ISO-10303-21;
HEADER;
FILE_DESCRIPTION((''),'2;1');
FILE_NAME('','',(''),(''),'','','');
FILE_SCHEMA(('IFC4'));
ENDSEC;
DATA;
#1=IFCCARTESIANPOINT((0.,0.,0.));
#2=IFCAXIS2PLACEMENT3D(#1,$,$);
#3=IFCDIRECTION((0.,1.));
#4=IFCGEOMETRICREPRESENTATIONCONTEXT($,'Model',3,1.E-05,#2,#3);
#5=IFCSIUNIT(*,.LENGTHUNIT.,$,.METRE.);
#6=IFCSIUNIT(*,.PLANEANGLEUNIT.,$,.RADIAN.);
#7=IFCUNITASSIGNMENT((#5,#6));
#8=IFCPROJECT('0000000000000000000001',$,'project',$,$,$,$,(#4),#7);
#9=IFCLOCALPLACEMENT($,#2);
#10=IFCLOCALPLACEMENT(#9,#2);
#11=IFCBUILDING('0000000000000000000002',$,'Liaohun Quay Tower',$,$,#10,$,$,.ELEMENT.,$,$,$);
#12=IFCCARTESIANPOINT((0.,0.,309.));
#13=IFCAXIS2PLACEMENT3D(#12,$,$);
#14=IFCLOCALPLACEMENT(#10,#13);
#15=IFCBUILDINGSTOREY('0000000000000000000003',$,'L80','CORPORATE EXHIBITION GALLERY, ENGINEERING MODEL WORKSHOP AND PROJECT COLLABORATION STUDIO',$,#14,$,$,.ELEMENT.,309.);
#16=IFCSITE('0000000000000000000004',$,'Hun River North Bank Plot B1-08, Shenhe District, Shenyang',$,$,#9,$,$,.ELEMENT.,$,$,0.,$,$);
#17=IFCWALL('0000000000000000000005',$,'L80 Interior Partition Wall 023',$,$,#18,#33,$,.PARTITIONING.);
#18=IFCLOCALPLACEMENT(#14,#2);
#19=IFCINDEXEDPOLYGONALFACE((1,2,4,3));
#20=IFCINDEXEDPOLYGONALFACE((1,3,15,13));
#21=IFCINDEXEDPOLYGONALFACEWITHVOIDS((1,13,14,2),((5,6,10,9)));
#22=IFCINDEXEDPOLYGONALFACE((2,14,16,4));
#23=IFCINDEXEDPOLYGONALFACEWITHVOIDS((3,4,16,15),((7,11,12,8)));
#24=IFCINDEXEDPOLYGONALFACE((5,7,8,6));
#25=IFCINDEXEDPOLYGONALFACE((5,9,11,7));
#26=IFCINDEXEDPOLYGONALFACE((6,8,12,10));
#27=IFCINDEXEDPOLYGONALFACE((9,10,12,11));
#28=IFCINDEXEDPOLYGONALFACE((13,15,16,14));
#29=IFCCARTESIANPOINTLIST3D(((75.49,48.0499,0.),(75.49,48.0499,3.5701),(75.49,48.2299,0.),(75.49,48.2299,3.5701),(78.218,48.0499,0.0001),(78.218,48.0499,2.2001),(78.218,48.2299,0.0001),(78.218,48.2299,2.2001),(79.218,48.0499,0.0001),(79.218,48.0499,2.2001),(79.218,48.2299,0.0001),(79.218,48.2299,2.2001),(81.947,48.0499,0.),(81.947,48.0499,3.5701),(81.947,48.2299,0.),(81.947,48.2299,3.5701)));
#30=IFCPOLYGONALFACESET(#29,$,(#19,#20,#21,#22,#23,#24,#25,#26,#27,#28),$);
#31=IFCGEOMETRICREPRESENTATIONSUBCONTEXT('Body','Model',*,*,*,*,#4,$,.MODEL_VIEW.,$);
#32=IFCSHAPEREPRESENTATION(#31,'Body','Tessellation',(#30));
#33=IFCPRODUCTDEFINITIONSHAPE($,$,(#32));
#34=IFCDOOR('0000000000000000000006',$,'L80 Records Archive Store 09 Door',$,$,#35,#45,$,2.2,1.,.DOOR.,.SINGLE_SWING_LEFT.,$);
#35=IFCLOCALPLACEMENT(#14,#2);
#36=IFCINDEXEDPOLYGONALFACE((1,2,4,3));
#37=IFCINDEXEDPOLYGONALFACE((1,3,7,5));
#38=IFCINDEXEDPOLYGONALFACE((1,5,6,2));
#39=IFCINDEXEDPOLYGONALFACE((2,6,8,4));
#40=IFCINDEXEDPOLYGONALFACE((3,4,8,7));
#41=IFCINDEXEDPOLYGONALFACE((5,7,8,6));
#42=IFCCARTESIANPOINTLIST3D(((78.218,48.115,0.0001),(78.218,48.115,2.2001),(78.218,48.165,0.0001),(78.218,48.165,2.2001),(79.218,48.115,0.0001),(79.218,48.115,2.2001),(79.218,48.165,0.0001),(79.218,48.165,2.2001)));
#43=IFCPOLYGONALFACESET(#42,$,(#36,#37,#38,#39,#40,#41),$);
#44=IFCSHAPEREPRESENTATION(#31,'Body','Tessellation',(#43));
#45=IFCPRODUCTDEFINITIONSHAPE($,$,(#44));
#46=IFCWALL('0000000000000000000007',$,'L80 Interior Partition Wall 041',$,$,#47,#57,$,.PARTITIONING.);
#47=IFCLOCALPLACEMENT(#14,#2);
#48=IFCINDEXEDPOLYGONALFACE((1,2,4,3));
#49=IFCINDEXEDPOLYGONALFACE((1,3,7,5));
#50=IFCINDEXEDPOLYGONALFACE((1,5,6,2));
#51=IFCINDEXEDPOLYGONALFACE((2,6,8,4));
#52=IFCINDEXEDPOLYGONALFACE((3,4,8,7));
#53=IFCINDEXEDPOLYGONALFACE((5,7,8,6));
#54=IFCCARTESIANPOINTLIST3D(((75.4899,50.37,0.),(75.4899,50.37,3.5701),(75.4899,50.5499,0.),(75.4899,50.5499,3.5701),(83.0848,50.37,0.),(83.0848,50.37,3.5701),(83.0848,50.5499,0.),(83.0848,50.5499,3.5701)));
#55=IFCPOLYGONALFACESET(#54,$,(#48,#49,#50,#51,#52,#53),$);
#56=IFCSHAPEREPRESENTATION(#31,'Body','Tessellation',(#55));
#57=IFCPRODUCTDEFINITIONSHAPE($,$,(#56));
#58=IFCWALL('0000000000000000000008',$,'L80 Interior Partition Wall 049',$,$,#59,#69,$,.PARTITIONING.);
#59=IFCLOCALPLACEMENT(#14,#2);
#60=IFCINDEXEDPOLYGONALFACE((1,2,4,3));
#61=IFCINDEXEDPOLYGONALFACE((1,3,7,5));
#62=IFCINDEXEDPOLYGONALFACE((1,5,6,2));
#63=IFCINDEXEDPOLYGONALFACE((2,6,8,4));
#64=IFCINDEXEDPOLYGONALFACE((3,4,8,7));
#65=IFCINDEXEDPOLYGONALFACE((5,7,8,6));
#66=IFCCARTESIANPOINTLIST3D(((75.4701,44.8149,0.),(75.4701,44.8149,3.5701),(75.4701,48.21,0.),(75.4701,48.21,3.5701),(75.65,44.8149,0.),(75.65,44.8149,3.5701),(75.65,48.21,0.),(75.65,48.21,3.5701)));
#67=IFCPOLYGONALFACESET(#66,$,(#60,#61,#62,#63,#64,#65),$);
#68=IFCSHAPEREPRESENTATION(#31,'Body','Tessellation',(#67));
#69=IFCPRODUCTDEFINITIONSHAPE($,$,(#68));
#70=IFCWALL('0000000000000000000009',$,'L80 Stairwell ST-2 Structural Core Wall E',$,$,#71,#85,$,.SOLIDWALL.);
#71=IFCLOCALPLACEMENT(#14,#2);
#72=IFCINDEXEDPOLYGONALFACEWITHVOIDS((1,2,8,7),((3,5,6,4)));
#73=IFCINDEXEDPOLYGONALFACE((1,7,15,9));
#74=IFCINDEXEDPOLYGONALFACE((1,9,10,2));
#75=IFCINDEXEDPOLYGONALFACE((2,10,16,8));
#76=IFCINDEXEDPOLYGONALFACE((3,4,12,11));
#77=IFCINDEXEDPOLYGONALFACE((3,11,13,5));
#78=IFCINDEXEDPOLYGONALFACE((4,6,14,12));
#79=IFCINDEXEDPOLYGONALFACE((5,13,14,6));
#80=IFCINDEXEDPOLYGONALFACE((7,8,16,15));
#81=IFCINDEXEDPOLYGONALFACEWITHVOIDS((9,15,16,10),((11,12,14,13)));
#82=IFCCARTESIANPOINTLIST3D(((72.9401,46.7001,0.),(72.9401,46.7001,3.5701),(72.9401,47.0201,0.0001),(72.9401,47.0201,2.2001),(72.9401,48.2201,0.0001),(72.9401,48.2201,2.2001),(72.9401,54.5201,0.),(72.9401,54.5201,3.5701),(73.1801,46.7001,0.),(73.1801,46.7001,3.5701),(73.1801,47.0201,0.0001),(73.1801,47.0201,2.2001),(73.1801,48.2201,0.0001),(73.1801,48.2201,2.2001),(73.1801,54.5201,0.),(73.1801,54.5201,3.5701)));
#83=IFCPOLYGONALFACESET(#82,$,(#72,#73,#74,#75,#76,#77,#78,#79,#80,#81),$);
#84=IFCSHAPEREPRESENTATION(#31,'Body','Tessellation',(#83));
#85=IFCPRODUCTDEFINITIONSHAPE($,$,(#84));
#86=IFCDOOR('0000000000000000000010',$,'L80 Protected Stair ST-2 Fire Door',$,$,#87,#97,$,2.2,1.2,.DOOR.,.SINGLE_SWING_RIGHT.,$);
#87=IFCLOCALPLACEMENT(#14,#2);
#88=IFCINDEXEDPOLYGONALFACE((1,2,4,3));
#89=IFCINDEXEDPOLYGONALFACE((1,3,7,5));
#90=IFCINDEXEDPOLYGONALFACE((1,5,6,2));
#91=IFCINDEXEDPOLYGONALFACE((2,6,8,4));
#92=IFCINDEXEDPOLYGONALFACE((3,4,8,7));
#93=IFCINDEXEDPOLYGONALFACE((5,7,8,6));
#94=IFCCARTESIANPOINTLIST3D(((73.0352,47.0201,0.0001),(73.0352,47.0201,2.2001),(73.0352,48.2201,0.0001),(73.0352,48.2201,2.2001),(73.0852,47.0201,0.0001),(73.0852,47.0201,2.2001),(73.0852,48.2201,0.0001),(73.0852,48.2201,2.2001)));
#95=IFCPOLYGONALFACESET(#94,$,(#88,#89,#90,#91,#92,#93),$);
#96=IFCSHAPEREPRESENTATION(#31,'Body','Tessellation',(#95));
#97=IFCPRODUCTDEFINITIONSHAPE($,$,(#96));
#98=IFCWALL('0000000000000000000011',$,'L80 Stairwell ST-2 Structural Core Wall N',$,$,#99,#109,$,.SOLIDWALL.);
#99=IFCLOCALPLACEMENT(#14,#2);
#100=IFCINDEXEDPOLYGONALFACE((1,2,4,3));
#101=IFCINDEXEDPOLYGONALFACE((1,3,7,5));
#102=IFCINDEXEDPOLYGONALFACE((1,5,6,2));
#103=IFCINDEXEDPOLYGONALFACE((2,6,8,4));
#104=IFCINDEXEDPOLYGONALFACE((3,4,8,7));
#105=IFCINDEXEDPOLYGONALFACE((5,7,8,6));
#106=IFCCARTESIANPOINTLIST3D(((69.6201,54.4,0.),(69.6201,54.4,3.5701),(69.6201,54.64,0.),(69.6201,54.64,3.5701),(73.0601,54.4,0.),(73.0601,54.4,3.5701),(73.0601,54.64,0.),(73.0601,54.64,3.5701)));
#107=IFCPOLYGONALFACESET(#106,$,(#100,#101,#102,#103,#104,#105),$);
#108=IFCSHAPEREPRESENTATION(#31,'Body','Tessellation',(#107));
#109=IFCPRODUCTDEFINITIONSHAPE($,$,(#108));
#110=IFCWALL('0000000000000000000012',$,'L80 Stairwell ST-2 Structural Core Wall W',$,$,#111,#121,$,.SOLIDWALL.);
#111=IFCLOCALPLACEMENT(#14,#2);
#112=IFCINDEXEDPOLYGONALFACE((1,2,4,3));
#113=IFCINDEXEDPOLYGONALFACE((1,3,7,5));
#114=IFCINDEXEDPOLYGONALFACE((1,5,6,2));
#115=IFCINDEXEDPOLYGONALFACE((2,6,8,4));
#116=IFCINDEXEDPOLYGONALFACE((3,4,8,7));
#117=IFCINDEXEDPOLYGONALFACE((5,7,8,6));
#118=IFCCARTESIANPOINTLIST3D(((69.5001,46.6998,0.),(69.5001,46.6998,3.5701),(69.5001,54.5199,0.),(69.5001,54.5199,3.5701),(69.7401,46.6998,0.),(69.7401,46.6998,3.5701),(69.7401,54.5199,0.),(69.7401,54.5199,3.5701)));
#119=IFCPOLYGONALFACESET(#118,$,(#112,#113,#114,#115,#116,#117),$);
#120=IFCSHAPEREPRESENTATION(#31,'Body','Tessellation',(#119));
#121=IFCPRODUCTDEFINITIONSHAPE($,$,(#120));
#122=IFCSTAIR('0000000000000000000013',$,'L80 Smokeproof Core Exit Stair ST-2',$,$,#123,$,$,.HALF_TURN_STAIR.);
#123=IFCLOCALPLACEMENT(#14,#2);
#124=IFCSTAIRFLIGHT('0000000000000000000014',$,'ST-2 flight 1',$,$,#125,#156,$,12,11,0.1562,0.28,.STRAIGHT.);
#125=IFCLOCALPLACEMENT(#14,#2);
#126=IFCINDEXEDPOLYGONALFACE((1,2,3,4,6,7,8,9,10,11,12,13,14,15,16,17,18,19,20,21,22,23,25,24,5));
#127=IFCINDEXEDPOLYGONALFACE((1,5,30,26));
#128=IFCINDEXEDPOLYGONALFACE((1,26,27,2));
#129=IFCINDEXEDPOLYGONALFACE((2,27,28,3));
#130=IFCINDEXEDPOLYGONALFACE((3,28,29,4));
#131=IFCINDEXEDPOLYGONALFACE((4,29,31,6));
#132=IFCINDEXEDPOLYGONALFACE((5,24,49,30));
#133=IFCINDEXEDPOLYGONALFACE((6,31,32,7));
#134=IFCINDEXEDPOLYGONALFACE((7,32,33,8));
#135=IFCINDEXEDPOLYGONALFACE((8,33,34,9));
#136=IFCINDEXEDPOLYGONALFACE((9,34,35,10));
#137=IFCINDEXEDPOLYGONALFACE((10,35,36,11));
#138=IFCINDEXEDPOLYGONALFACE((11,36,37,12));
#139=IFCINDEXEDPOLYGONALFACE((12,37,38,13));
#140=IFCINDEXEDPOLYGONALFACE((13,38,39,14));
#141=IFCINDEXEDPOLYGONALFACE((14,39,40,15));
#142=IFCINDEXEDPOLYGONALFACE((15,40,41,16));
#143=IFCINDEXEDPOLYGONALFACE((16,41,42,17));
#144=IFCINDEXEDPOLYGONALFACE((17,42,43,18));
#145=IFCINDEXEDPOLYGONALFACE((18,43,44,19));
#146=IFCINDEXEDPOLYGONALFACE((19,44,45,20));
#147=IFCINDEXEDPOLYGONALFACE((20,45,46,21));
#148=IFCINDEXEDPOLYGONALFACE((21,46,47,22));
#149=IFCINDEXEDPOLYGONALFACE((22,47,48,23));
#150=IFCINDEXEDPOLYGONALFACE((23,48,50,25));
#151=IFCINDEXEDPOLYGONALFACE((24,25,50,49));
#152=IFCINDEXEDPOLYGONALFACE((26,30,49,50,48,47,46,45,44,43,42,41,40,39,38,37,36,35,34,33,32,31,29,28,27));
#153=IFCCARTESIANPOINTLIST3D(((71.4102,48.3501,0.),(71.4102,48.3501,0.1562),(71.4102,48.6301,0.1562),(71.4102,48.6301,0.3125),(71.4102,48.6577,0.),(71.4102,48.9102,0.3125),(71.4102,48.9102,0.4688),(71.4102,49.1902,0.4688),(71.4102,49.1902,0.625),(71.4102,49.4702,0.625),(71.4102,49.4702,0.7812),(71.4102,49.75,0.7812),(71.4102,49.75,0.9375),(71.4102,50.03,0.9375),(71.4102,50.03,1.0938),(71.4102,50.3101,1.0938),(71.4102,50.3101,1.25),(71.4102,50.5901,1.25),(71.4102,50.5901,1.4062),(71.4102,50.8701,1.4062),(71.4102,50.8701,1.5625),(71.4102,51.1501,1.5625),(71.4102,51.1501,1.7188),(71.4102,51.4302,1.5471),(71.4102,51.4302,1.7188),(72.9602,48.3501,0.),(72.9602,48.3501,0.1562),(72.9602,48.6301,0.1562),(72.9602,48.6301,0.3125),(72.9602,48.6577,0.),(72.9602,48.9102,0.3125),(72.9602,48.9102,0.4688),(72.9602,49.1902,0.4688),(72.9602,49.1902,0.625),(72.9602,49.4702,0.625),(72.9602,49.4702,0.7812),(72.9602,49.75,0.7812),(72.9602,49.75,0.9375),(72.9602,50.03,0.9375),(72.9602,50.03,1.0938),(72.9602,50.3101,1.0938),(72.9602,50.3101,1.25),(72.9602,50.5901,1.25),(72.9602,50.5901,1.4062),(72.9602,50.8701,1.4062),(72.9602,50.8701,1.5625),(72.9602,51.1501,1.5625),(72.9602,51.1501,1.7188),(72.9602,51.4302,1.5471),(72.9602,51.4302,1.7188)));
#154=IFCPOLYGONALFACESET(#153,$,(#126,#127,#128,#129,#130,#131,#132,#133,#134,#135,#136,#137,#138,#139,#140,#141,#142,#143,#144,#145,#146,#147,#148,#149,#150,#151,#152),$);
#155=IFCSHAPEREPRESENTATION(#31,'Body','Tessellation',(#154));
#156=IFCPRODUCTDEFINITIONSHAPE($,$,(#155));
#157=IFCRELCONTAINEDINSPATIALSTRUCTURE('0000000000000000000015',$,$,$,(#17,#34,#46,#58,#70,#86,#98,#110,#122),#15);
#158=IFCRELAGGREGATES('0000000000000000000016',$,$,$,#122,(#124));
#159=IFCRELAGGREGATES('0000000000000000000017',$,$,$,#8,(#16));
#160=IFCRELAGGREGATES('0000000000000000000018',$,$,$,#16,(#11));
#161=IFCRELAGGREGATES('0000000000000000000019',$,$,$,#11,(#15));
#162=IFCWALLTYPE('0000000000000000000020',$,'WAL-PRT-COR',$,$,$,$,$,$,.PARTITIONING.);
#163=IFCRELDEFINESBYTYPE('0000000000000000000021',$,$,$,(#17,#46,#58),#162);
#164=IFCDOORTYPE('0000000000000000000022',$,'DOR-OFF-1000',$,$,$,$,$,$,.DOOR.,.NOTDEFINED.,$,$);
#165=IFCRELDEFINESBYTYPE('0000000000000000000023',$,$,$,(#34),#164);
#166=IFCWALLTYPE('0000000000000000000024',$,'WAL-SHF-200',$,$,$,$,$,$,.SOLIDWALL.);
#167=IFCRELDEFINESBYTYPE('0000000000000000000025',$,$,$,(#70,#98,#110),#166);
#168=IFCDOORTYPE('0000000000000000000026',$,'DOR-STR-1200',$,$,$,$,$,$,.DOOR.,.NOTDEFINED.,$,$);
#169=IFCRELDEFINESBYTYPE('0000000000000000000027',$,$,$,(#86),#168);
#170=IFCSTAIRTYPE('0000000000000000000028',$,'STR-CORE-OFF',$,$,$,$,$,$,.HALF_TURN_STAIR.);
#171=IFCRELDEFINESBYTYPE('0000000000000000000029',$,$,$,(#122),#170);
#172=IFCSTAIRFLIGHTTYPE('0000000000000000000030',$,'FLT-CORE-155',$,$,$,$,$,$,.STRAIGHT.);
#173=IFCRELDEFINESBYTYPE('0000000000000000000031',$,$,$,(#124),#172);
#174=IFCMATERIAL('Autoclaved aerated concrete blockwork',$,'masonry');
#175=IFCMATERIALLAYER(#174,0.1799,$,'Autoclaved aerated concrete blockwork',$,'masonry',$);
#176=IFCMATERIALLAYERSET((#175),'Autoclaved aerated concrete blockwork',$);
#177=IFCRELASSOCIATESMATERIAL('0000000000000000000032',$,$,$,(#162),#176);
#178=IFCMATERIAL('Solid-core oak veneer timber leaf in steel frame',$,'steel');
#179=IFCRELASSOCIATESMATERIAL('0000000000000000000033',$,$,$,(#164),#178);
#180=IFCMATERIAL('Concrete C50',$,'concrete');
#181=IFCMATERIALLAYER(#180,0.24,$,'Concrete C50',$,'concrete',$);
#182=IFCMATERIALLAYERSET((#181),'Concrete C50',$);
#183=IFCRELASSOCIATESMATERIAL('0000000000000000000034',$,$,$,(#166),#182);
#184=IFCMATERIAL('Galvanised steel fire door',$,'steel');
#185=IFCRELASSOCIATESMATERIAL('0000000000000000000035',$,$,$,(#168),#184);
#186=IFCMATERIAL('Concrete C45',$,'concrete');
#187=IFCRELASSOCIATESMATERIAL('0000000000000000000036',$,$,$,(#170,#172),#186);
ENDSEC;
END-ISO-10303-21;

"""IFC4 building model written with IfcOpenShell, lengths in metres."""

from ifc_helpers import new_model, si_unit, direction, frame, frame_2d, origin, place, context, subcontext, project, spatial, polyline, rectangle, outline, extrude, source, transform, mapped, material, layer, layer_set, type_object, element, fill, aggregate, save


model = new_model("IFC4")

# Units and contexts
model_context = context("Model", 3, precision=1e-05, world=origin(), true_north=direction((0.0, 1.0)))
body_context = subcontext(model_context, "Body", "Model", "MODEL_VIEW")
ifc_project = project(units=[si_unit("LENGTHUNIT", "METRE"), si_unit("PLANEANGLEUNIT", "RADIAN")], contexts=[model_context])

# Site, building, storey
site_placement = place(None, origin())
site = spatial("IfcSite", under=ifc_project, at=site_placement, Name="Hun River North Bank Plot B1-08, Shenhe District, Shenyang", CompositionType="ELEMENT", RefElevation=0.0)
building_placement = place(site_placement, origin())
building = spatial("IfcBuilding", under=site, at=building_placement, Name="Liaohun Quay Tower", CompositionType="ELEMENT")
storey_placement = place(building_placement, frame((0.0, 0.0, 309.0)))
storey = spatial("IfcBuildingStorey", under=building, at=storey_placement, Name="L80", Description="CORPORATE EXHIBITION GALLERY, ENGINEERING MODEL WORKSHOP AND PROJECT COLLABORATION STUDIO", CompositionType="ELEMENT", Elevation=309.0)

# Wall, opening, door
ifc_material_1 = material(Name="Autoclaved aerated concrete blockwork", Category="masonry")
ifc_layer_1 = layer(ifc_material_1, 0.1799, Name="Autoclaved aerated concrete blockwork", Category="masonry")
ifc_layer_set_1 = layer_set([ifc_layer_1], Name="Autoclaved aerated concrete blockwork")
wall_type_1 = type_object("IfcWallType", Name="WAL-PRT-COR", PredefinedType="PARTITIONING", material=ifc_layer_set_1)
wall_1_placement = place(storey_placement, frame((81.947, 48.1399, 0.0), z_axis=(0.0, 0.0, 1.0), x_axis=(-1.0, 0.0, 0.0)))
wall_1 = element("IfcWall", 1, at=wall_1_placement, inside=storey, type_object=wall_type_1, Name="L80 Interior Partition Wall 023", PredefinedType="PARTITIONING", context=body_context, shape_type="SweptSolid", body=[
    extrude(rectangle(XDim=6.457, YDim=0.1799, at=frame_2d((3.2285, 0.0))), origin(), (0.0, 0.0, 1.0), 3.5701),
])
shared_shape_1 = source(origin(), body_context, "Body", "SweptSolid", [
    extrude(rectangle(XDim=1.0, YDim=2.2, at=frame_2d((0.5, 1.1001))), frame((0.0, 0.0999, 0.0), z_axis=(0.0, -1.0, 0.0), x_axis=(1.0, 0.0, 0.0)), (0.0, 0.0, 1.0), 0.2),
])
opening_1_placement = place(wall_1_placement, frame((2.729, 0.0, 0.0)))
opening_1 = element("IfcOpeningElement", 2, at=opening_1_placement, cuts=wall_1, PredefinedType="OPENING", context=body_context, shape_type="MappedRepresentation", body=[
    mapped(shared_shape_1, transform((0.0, 0.0, 0.0), x_axis=(1.0, 0.0, 0.0), y_axis=(0.0, 1.0, 0.0), z_axis=(0.0, 0.0, 1.0), scale=1.0)),
])
ifc_material_2 = material(Name="Solid-core oak veneer timber leaf in steel frame", Category="steel")
door_type_1 = type_object("IfcDoorType", Name="DOR-OFF-1000", OperationType="NOTDEFINED", PredefinedType="DOOR", material=ifc_material_2)
shared_shape_2 = source(origin(), body_context, "Body", "SweptSolid", [
    extrude(rectangle(XDim=1.0, YDim=2.2, at=frame_2d((0.5, 1.1001))), frame((0.0, 0.0249, 0.0), z_axis=(0.0, -1.0, 0.0), x_axis=(1.0, 0.0, 0.0)), (0.0, 0.0, 1.0), 0.05),
])
door_1_placement = place(opening_1_placement, origin())
door_1 = element("IfcDoor", 3, at=door_1_placement, inside=storey, type_object=door_type_1, Name="L80 Records Archive Store 09 Door", OperationType="SINGLE_SWING_LEFT", OverallHeight=2.2, OverallWidth=1.0, PredefinedType="DOOR", context=body_context, shape_type="MappedRepresentation", body=[
    mapped(shared_shape_2, transform((0.0, 0.0, 0.0), x_axis=(1.0, 0.0, 0.0), y_axis=(0.0, 1.0, 0.0), z_axis=(0.0, 0.0, 1.0), scale=1.0)),
])
fill(opening_1, door_1)

# Walls
wall_2_placement = place(storey_placement, frame((75.49, 50.46, 0.0), z_axis=(0.0, 0.0, 1.0), x_axis=(1.0, 0.0, 0.0)))
element("IfcWall", 4, at=wall_2_placement, inside=storey, type_object=wall_type_1, Name="L80 Interior Partition Wall 041", PredefinedType="PARTITIONING", context=body_context, shape_type="SweptSolid", body=[
    extrude(rectangle(XDim=7.595, YDim=0.1799, at=frame_2d((3.7974, 0.0))), origin(), (0.0, 0.0, 1.0), 3.5701),
])
wall_3_placement = place(storey_placement, frame((75.5601, 48.21, 0.0), z_axis=(0.0, 0.0, 1.0), x_axis=(0.0, -1.0, 0.0)))
element("IfcWall", 5, at=wall_3_placement, inside=storey, type_object=wall_type_1, Name="L80 Interior Partition Wall 049", PredefinedType="PARTITIONING", context=body_context, shape_type="SweptSolid", body=[
    extrude(rectangle(XDim=3.395, YDim=0.1799, at=frame_2d((1.6975, 0.0))), origin(), (0.0, 0.0, 1.0), 3.5701),
])

# Wall, opening, door
ifc_material_3 = material(Name="Concrete C50", Category="concrete")
ifc_layer_2 = layer(ifc_material_3, 0.24, Name="Concrete C50", Category="concrete")
ifc_layer_set_2 = layer_set([ifc_layer_2], Name="Concrete C50")
wall_type_2 = type_object("IfcWallType", Name="WAL-SHF-200", PredefinedType="SOLIDWALL", material=ifc_layer_set_2)
wall_4_placement = place(storey_placement, frame((73.0601, 46.7, 0.0), z_axis=(0.0, 0.0, 1.0), x_axis=(0.0, 1.0, 0.0)))
wall_4 = element("IfcWall", 6, at=wall_4_placement, inside=storey, type_object=wall_type_2, Name="L80 Stairwell ST-2 Structural Core Wall E", PredefinedType="SOLIDWALL", context=body_context, shape_type="SweptSolid", body=[
    extrude(rectangle(XDim=7.8201, YDim=0.24, at=frame_2d((3.9102, 0.0))), origin(), (0.0, 0.0, 1.0), 3.5701),
])
shared_shape_3 = source(origin(), body_context, "Body", "SweptSolid", [
    extrude(rectangle(XDim=1.2, YDim=2.2, at=frame_2d((0.6001, 1.1001))), frame((0.0, 0.1299, 0.0), z_axis=(0.0, -1.0, 0.0), x_axis=(1.0, 0.0, 0.0)), (0.0, 0.0, 1.0), 0.26),
])
opening_2_placement = place(wall_4_placement, frame((0.3201, 0.0, 0.0)))
opening_2 = element("IfcOpeningElement", 7, at=opening_2_placement, cuts=wall_4, PredefinedType="OPENING", context=body_context, shape_type="MappedRepresentation", body=[
    mapped(shared_shape_3, transform((0.0, 0.0, 0.0), x_axis=(1.0, 0.0, 0.0), y_axis=(0.0, 1.0, 0.0), z_axis=(0.0, 0.0, 1.0), scale=1.0)),
])
ifc_material_4 = material(Name="Galvanised steel fire door", Category="steel")
door_type_2 = type_object("IfcDoorType", Name="DOR-STR-1200", OperationType="NOTDEFINED", PredefinedType="DOOR", material=ifc_material_4)
shared_shape_4 = source(origin(), body_context, "Body", "SweptSolid", [
    extrude(rectangle(XDim=1.2, YDim=2.2, at=frame_2d((0.6001, 1.1001))), frame((0.0, 0.0249, 0.0), z_axis=(0.0, -1.0, 0.0), x_axis=(1.0, 0.0, 0.0)), (0.0, 0.0, 1.0), 0.05),
])
door_2_placement = place(opening_2_placement, origin())
door_2 = element("IfcDoor", 8, at=door_2_placement, inside=storey, type_object=door_type_2, Name="L80 Protected Stair ST-2 Fire Door", OperationType="SINGLE_SWING_RIGHT", OverallHeight=2.2, OverallWidth=1.2, PredefinedType="DOOR", context=body_context, shape_type="MappedRepresentation", body=[
    mapped(shared_shape_4, transform((0.0, 0.0, 0.0), x_axis=(1.0, 0.0, 0.0), y_axis=(0.0, 1.0, 0.0), z_axis=(0.0, 0.0, 1.0), scale=1.0)),
])
fill(opening_2, door_2)

# Walls
wall_5_placement = place(storey_placement, frame((73.0601, 54.52, 0.0), z_axis=(0.0, 0.0, 1.0), x_axis=(-1.0, 0.0, 0.0)))
element("IfcWall", 9, at=wall_5_placement, inside=storey, type_object=wall_type_2, Name="L80 Stairwell ST-2 Structural Core Wall N", PredefinedType="SOLIDWALL", context=body_context, shape_type="SweptSolid", body=[
    extrude(rectangle(XDim=3.4399, YDim=0.24, at=frame_2d((1.72, 0.0))), origin(), (0.0, 0.0, 1.0), 3.5701),
])
wall_6_placement = place(storey_placement, frame((69.6201, 54.52, 0.0), z_axis=(0.0, 0.0, 1.0), x_axis=(0.0, -1.0, 0.0)))
element("IfcWall", 10, at=wall_6_placement, inside=storey, type_object=wall_type_2, Name="L80 Stairwell ST-2 Structural Core Wall W", PredefinedType="SOLIDWALL", context=body_context, shape_type="SweptSolid", body=[
    extrude(rectangle(XDim=7.8201, YDim=0.24, at=frame_2d((3.9102, 0.0))), origin(), (0.0, 0.0, 1.0), 3.5701),
])

# Stair, stair flight
ifc_material_5 = material(Name="Concrete C45", Category="concrete")
stair_type = type_object("IfcStairType", Name="STR-CORE-OFF", PredefinedType="HALF_TURN_STAIR", material=ifc_material_5)
stair_placement = place(storey_placement, origin())
stair = element("IfcStair", 11, at=stair_placement, inside=storey, type_object=stair_type, Name="L80 Smokeproof Core Exit Stair ST-2", PredefinedType="HALF_TURN_STAIR")
stair_flight_type = type_object("IfcStairFlightType", Name="FLT-CORE-155", PredefinedType="STRAIGHT", material=ifc_material_5)
stair_flight_1_placement = place(storey_placement, frame((72.1851, 48.3501, 0.0), z_axis=(0.0, 0.0, 1.0), x_axis=(0.0, 1.0, 0.0)))
stair_flight_1 = element("IfcStairFlight", 12, at=stair_flight_1_placement, type_object=stair_flight_type, Name="ST-2 flight 1", NumberOfRisers=12, NumberOfTreads=11, PredefinedType="STRAIGHT", RiserHeight=0.1562, TreadLength=0.28, context=body_context, shape_type="SweptSolid", body=[
    extrude(outline(polyline([(0.0, 0.0), (0.0, 0.1562), (0.28, 0.1562), (0.28, 0.3125), (0.5601, 0.3125), (0.5601, 0.4688), (0.8401, 0.4688), (0.8401, 0.625), (1.1201, 0.625), (1.1201, 0.7812), (1.3999, 0.7812), (1.3999, 0.9375), (1.6799, 0.9375), (1.6799, 1.0938), (1.96, 1.0938), (1.96, 1.25), (2.24, 1.25), (2.24, 1.4062), (2.52, 1.4062), (2.52, 1.5625), (2.8, 1.5625), (2.8, 1.7188), (3.0801, 1.7188), (3.0801, 1.875), (3.0801, 1.5471), (0.3076, 0.0), (0.0, 0.0)])), frame((0.0, 0.7749, 0.0), z_axis=(0.0, -1.0, 0.0), x_axis=(1.0, 0.0, 0.0)), (0.0, 0.0, 1.0), 1.55),
])
aggregate(stair, [stair_flight_1])

save(model, "model.ifc")
